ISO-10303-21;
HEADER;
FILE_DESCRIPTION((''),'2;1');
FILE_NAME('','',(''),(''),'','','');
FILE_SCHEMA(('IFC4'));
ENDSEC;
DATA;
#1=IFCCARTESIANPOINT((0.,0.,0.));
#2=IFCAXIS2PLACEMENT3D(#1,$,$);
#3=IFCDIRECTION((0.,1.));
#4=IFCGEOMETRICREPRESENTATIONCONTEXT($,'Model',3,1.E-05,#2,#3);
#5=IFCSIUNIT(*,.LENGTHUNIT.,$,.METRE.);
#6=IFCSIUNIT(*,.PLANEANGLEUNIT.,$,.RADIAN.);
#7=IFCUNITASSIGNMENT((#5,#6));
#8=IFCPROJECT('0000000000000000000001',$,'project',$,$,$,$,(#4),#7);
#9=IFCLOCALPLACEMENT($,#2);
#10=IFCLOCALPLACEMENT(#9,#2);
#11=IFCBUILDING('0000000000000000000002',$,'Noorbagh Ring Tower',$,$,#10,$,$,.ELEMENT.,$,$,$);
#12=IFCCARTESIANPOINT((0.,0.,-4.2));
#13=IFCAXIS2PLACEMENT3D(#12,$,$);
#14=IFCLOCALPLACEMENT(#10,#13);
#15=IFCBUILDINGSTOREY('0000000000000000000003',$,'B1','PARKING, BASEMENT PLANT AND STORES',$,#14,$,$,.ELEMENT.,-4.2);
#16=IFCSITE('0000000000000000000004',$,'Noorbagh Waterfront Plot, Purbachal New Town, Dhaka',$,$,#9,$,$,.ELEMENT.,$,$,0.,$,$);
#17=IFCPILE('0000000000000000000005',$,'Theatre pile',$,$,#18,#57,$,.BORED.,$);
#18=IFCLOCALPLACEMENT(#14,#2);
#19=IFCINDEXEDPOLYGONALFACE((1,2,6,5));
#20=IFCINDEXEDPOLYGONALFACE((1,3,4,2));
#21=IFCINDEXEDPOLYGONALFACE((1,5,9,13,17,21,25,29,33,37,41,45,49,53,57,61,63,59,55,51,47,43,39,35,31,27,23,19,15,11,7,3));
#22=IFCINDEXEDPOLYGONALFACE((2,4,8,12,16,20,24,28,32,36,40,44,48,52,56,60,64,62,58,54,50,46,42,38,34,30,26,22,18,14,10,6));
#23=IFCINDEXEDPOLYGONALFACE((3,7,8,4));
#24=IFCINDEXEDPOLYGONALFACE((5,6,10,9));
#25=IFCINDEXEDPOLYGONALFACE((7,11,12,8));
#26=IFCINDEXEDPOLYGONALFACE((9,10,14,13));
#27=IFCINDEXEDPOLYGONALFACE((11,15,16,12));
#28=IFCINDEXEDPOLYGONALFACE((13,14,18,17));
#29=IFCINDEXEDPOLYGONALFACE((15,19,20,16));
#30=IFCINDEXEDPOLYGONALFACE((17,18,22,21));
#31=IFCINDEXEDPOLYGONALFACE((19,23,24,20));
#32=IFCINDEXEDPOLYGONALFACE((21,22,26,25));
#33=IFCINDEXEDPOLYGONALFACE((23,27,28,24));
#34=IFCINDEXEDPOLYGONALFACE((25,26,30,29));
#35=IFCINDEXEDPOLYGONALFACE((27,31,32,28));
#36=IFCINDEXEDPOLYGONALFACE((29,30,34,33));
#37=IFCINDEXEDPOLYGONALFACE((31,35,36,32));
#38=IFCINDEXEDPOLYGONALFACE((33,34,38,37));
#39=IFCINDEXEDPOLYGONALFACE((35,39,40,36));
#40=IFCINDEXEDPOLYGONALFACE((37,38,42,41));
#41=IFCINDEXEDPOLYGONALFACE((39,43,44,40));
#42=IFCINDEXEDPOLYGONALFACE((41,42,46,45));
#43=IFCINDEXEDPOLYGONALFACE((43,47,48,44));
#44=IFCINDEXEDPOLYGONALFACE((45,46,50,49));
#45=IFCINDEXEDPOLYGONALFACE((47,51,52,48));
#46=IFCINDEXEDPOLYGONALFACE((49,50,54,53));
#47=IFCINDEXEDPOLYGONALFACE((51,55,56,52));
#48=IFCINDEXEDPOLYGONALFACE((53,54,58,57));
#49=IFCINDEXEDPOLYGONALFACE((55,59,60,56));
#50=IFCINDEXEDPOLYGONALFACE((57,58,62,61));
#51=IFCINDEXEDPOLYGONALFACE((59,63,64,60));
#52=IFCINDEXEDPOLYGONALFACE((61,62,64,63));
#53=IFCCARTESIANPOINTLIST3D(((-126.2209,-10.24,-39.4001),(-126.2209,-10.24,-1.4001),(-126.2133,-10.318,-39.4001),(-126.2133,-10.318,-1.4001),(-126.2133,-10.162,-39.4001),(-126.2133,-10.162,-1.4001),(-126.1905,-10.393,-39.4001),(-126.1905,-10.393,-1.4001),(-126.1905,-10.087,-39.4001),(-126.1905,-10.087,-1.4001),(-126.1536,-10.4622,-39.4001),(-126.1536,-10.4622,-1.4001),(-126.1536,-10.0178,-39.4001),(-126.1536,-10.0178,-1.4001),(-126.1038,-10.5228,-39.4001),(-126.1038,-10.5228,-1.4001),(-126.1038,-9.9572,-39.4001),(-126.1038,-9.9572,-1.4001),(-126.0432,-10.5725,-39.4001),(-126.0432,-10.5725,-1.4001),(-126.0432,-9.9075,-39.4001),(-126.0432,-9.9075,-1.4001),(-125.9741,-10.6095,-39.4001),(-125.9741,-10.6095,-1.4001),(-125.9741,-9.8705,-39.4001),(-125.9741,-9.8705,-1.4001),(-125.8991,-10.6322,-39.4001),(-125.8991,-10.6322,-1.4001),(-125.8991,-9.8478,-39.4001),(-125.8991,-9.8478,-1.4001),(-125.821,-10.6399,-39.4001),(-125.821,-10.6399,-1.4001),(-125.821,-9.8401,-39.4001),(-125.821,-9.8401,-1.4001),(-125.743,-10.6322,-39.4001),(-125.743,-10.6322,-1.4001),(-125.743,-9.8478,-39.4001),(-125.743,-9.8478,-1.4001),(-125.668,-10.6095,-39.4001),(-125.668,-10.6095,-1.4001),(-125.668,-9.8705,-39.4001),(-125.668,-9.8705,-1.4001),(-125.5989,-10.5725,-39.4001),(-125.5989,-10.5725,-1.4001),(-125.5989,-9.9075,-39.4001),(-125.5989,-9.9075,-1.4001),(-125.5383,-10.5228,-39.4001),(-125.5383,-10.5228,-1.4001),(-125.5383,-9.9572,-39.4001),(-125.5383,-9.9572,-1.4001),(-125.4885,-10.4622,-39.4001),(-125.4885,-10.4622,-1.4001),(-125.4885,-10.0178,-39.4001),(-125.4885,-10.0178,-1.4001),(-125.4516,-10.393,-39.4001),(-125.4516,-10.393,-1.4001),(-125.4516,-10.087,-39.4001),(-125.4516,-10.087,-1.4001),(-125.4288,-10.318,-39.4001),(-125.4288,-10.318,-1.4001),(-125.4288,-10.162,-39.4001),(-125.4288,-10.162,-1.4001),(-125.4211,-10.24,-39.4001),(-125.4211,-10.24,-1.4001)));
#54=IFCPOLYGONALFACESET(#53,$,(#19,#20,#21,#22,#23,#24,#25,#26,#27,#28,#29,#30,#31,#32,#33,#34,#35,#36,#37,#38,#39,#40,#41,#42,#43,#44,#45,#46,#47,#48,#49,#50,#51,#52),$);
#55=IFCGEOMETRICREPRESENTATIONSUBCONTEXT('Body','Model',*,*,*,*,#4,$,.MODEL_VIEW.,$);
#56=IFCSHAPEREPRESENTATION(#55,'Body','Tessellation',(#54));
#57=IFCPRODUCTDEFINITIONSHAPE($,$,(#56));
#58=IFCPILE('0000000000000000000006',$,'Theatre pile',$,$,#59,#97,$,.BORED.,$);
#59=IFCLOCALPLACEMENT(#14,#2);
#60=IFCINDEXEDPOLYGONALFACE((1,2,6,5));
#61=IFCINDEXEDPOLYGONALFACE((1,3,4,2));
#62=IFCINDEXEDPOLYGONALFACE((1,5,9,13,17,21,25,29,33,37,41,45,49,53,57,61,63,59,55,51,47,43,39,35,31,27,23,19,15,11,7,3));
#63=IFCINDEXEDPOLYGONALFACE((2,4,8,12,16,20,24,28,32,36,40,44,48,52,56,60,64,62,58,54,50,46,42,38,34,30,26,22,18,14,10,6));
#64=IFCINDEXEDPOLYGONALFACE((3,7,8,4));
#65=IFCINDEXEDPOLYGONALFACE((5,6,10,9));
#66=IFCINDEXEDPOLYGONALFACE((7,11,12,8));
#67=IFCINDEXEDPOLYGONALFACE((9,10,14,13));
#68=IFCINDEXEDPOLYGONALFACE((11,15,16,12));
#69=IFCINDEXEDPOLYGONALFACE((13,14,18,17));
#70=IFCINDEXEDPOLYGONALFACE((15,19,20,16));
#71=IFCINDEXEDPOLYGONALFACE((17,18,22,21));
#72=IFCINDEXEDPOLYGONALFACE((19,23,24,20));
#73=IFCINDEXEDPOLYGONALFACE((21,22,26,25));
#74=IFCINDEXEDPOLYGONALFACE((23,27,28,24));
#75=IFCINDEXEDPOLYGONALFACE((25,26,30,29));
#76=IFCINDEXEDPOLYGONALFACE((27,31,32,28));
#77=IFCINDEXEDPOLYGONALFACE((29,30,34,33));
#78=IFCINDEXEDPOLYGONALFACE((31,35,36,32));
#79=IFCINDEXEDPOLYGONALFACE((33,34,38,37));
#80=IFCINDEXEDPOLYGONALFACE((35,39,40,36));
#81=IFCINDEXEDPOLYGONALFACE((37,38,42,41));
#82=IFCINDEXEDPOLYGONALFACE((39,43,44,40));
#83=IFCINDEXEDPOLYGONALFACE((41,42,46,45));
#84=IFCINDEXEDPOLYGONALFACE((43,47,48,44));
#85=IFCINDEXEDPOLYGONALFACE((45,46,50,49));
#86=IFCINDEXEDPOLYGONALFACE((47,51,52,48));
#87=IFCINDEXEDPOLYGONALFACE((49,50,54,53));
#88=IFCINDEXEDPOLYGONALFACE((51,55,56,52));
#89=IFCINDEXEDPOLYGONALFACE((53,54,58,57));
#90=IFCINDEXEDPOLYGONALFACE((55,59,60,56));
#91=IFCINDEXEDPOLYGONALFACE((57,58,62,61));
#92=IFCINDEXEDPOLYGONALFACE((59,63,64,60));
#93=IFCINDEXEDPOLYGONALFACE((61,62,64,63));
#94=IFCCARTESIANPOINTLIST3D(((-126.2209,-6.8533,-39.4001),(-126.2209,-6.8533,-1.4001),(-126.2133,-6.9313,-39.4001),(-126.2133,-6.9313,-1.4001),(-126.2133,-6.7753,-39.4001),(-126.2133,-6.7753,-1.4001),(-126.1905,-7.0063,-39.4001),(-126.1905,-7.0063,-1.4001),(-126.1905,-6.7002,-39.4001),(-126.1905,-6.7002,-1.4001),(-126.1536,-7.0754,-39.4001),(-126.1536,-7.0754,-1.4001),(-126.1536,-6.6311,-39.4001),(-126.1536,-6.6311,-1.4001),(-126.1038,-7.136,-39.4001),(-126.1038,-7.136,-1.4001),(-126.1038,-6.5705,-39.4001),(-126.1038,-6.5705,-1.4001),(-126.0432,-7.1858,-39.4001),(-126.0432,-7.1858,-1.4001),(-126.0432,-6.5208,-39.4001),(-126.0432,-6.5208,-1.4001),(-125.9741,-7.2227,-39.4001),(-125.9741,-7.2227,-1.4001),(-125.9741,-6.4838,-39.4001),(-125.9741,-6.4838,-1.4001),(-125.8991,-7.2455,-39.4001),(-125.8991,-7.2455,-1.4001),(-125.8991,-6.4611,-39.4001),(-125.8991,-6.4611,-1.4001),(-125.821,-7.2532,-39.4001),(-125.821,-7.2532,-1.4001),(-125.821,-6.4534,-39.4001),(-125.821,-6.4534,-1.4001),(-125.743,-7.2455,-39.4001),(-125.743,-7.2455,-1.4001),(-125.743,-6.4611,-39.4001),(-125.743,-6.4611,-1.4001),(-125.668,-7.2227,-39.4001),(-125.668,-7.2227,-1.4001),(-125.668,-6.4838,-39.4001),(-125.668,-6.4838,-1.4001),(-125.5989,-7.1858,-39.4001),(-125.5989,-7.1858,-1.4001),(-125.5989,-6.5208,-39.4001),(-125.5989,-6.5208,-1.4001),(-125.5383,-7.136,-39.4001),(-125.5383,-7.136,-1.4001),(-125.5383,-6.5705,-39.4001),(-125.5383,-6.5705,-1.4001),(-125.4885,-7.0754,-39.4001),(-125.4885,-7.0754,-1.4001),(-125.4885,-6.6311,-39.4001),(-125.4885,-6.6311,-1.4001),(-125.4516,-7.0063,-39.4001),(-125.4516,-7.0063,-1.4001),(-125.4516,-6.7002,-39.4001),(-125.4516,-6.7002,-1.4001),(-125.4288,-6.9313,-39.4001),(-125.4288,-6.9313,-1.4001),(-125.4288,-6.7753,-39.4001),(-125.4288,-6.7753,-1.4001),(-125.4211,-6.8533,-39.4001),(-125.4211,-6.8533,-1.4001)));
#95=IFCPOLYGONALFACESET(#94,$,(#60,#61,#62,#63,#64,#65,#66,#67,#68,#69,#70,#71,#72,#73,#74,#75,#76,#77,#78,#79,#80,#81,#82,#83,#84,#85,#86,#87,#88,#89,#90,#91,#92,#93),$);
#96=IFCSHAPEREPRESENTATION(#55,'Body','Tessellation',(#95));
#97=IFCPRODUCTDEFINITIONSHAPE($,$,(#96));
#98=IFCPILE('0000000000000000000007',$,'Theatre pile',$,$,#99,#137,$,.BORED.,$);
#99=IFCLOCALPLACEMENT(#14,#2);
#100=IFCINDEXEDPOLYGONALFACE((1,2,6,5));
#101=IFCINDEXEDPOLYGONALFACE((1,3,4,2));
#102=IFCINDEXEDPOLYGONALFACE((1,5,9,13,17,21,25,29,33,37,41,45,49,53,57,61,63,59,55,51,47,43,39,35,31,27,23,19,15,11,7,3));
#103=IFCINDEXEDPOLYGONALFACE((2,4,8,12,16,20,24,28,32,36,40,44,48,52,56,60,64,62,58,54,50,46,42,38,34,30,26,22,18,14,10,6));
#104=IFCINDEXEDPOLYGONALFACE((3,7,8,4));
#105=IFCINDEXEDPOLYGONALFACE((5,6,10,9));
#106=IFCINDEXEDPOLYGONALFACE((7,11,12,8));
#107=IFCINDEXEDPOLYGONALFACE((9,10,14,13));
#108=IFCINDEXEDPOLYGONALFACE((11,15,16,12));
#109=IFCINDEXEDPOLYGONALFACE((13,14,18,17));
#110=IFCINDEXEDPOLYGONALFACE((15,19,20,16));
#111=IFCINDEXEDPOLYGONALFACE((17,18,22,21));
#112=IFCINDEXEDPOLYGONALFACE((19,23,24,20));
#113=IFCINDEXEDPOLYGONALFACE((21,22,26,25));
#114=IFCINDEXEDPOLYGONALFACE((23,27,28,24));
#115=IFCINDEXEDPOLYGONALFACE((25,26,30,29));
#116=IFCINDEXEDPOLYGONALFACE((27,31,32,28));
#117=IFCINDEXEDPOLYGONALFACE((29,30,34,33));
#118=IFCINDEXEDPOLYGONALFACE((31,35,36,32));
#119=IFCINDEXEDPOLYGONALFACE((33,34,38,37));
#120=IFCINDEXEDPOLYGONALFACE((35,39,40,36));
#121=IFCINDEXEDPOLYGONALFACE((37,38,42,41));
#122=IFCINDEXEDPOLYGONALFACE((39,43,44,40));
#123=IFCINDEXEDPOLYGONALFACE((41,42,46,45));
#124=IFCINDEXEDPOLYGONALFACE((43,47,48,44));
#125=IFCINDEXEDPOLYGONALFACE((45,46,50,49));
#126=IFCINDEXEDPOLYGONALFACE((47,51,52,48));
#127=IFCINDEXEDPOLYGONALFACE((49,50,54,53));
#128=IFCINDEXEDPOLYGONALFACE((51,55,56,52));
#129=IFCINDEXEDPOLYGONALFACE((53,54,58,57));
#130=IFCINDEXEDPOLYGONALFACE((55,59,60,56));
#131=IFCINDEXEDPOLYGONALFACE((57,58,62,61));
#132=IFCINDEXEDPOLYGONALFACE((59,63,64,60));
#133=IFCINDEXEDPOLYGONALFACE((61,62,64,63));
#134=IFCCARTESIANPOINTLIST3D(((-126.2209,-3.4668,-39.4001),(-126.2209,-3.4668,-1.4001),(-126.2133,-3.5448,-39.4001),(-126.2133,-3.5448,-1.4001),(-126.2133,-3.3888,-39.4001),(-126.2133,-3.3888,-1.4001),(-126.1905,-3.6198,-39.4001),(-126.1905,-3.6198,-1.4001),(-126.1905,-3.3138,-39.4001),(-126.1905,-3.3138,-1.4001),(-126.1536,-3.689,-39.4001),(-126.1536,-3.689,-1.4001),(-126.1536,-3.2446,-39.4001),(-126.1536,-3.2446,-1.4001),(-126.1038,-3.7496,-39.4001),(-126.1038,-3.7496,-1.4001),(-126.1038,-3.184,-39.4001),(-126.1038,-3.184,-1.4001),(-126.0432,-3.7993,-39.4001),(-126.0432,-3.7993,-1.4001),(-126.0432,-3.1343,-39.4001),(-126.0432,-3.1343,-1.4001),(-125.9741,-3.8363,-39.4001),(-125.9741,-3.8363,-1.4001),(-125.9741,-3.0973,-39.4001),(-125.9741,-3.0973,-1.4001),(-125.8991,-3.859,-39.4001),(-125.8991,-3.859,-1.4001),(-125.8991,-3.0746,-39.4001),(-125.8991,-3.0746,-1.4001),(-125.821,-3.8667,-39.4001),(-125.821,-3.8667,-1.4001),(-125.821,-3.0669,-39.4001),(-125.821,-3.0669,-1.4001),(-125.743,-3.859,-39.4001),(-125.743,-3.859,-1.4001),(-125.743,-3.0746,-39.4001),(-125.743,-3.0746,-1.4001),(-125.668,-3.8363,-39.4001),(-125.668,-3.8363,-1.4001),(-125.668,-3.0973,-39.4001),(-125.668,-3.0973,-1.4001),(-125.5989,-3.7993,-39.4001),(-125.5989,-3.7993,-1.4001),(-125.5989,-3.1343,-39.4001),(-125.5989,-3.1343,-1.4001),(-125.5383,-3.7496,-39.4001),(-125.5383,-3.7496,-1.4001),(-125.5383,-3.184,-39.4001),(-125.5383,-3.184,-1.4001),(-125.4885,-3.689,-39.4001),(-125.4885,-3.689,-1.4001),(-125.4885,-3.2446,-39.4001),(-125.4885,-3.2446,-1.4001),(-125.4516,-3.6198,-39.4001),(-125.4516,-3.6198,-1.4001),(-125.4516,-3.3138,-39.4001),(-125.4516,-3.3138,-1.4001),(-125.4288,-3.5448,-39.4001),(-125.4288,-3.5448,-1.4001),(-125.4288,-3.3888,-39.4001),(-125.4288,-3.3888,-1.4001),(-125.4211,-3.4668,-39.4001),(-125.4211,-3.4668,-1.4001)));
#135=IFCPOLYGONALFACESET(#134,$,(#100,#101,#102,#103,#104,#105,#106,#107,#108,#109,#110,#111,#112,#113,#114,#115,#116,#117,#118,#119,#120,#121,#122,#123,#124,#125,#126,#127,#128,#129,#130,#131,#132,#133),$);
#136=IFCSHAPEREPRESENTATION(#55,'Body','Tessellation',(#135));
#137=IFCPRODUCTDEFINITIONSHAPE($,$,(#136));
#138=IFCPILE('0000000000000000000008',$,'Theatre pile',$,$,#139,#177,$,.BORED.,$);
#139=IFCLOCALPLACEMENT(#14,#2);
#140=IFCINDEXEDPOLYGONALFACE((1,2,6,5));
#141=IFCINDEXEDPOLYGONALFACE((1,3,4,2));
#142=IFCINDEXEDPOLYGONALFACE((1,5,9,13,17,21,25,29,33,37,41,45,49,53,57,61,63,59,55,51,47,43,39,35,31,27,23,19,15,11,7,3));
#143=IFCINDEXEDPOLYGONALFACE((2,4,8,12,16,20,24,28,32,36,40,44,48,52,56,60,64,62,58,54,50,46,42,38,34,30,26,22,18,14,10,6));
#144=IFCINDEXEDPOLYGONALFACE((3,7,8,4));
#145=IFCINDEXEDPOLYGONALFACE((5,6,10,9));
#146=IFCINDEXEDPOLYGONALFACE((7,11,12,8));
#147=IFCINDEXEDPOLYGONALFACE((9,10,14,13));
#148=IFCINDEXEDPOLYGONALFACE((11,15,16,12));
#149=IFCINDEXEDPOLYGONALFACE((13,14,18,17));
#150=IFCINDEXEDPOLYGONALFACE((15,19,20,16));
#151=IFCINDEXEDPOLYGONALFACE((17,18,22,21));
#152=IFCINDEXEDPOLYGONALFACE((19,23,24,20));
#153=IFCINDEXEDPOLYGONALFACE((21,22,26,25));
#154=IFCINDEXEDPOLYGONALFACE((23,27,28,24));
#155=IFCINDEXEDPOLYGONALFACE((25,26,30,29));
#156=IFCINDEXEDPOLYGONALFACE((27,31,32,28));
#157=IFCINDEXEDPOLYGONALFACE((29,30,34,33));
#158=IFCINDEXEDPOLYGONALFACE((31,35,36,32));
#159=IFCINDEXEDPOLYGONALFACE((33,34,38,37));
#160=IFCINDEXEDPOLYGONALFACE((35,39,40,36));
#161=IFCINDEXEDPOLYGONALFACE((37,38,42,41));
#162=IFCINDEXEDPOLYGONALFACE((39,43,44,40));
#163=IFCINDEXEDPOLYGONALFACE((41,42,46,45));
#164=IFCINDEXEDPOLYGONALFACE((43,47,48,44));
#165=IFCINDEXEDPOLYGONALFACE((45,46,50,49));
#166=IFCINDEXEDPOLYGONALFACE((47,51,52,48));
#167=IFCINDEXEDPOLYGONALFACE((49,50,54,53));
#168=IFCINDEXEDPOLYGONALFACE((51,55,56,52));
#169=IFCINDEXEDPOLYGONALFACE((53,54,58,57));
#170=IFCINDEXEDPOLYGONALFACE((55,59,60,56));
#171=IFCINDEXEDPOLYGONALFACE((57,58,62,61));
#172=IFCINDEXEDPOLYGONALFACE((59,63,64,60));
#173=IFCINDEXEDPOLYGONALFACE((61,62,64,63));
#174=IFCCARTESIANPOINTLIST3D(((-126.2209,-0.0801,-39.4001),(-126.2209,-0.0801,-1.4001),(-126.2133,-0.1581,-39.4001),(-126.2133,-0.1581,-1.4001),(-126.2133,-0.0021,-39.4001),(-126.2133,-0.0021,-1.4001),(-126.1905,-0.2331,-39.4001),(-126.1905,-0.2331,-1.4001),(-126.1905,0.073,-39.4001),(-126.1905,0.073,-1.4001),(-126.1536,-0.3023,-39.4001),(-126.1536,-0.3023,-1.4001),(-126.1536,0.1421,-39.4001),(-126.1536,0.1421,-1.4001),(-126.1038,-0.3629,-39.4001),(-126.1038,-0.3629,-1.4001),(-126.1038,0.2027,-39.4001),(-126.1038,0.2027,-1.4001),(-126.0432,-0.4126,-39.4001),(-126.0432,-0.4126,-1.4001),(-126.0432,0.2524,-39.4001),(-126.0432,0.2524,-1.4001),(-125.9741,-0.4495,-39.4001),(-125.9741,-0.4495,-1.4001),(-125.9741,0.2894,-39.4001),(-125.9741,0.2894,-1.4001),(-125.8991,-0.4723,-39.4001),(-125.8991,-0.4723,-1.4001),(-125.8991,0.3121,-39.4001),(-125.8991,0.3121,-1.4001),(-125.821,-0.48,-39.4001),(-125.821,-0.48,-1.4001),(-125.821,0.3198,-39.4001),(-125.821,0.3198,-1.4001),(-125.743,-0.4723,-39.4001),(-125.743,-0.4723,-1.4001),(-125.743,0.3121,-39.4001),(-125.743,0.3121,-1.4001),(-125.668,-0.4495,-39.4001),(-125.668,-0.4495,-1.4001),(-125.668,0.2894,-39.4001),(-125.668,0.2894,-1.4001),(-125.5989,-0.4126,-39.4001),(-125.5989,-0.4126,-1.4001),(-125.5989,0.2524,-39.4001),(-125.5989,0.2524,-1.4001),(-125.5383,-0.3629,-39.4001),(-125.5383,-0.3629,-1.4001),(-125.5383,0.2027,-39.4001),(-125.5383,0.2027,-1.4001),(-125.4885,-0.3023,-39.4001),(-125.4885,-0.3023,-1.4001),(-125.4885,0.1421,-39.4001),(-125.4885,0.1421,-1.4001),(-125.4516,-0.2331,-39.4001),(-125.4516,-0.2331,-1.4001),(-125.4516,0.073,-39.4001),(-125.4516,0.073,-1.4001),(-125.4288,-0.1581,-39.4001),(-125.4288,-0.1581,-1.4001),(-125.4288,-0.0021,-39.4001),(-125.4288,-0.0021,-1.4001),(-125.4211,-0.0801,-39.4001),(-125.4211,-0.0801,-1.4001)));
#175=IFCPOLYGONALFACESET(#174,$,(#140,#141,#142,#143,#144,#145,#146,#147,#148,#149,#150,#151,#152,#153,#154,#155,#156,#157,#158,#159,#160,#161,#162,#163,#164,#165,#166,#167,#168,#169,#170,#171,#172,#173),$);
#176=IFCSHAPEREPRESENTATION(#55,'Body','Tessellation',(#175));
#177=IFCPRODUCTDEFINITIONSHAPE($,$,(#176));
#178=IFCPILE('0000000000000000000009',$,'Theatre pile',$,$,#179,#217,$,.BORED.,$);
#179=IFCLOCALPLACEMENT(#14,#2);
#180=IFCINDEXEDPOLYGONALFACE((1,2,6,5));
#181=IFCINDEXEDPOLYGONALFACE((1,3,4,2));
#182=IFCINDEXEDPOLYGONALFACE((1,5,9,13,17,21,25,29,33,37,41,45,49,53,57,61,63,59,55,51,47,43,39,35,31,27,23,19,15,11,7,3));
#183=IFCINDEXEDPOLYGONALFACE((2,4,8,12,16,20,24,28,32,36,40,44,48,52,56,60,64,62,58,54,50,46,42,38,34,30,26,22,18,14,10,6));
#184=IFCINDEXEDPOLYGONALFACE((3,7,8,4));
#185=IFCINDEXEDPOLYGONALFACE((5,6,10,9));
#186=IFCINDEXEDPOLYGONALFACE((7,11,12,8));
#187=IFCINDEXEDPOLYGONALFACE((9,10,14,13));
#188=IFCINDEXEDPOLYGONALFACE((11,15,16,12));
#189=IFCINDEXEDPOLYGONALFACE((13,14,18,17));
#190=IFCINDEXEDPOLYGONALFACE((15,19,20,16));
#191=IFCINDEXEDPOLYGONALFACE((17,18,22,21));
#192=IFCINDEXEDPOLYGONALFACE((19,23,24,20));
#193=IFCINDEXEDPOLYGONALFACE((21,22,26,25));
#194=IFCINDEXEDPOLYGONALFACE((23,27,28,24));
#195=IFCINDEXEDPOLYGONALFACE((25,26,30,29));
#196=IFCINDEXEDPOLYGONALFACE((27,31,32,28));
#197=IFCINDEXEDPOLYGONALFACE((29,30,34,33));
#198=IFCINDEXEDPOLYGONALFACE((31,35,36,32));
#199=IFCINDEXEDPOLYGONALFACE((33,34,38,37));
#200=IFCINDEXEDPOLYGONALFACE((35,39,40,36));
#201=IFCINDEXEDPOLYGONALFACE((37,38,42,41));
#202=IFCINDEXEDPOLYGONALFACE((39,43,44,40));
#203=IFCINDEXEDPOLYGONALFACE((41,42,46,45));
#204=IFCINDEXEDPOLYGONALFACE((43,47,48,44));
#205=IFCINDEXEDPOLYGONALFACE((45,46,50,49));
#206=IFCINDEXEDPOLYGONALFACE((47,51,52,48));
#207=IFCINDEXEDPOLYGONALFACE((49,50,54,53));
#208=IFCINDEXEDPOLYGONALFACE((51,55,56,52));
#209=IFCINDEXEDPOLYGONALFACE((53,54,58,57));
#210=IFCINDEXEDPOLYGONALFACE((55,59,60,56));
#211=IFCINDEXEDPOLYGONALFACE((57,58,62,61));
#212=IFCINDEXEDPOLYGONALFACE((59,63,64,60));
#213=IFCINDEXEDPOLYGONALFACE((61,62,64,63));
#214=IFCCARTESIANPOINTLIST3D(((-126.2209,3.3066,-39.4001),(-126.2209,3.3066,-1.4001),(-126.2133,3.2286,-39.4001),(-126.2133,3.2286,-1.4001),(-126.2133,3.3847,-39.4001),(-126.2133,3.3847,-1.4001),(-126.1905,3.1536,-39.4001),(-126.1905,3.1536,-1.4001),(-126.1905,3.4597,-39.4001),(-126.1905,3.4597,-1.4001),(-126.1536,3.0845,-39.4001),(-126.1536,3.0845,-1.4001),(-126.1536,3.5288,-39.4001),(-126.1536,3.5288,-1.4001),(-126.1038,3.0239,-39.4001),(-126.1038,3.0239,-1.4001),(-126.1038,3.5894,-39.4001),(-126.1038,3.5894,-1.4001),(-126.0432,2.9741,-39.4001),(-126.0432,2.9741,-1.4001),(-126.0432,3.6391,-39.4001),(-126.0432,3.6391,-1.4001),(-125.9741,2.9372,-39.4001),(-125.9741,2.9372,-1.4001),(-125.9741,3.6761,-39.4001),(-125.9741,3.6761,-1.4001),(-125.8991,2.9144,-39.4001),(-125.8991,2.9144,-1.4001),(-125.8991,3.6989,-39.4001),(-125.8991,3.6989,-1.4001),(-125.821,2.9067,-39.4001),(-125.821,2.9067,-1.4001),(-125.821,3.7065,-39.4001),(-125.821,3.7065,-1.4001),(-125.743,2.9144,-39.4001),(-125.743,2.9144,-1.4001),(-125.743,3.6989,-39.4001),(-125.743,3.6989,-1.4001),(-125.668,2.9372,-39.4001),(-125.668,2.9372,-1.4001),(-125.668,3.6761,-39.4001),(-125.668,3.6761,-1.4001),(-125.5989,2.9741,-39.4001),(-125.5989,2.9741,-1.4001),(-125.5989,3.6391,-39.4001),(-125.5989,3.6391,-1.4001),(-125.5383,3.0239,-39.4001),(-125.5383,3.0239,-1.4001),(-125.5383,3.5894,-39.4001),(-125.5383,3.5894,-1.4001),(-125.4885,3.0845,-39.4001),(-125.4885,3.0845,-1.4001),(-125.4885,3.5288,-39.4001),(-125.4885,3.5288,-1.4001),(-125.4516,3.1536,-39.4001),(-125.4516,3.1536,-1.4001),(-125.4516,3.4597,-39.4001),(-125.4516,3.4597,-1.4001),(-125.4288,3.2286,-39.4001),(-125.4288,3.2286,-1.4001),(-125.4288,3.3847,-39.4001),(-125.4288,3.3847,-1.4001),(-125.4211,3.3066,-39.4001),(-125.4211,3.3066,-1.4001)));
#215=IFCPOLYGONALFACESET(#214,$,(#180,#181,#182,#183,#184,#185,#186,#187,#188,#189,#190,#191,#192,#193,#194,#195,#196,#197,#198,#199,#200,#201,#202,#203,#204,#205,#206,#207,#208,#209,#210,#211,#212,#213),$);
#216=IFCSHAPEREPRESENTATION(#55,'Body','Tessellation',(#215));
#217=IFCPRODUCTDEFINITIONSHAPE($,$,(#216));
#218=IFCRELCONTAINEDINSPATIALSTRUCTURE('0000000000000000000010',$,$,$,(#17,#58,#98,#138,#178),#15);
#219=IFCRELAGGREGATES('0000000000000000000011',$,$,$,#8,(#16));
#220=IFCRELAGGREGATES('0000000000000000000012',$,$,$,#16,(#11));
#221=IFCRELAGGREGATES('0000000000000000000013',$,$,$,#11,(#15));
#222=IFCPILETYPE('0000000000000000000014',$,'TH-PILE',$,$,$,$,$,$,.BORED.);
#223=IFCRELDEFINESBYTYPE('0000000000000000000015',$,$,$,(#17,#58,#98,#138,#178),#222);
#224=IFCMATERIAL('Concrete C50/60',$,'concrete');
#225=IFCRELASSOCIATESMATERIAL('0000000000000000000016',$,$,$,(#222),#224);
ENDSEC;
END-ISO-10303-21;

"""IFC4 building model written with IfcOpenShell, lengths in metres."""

from ifc_helpers import new_model, si_unit, direction, frame, origin, origin_2d, place, context, subcontext, project, spatial, circle, extrude, material, material_profile, profile_set, type_object, element, save


model = new_model("IFC4")

# Units and contexts
model_context = context("Model", 3, precision=1e-05, world=origin(), true_north=direction((0.0, 1.0)))
body_context = subcontext(model_context, "Body", "Model", "MODEL_VIEW")
ifc_project = project(units=[si_unit("LENGTHUNIT", "METRE"), si_unit("PLANEANGLEUNIT", "RADIAN")], contexts=[model_context])

# Site, building, storey
site_placement = place(None, origin())
site = spatial("IfcSite", under=ifc_project, at=site_placement, Name="Noorbagh Waterfront Plot, Purbachal New Town, Dhaka", CompositionType="ELEMENT", RefElevation=0.0)
building_placement = place(site_placement, origin())
building = spatial("IfcBuilding", under=site, at=building_placement, Name="Noorbagh Ring Tower", CompositionType="ELEMENT")
storey_placement = place(building_placement, frame((0.0, 0.0, -4.2)))
storey = spatial("IfcBuildingStorey", under=building, at=storey_placement, Name="B1", Description="PARKING, BASEMENT PLANT AND STORES", CompositionType="ELEMENT", Elevation=-4.2)

# Piles
ifc_material_1 = material(Name="Concrete C50/60", Category="concrete")
ifc_material_profile = material_profile(ifc_material_1, circle(Radius=0.3999, at=origin_2d()), Name="PILE800")
ifc_profile_set = profile_set([ifc_material_profile], Name="Concrete C50/60")
pile_type = type_object("IfcPileType", Name="TH-PILE", PredefinedType="BORED", material=ifc_profile_set)
for number, where, z_axis, x_axis, name in (
    (1, (-125.821, -10.24, -1.4001), (0.0, 0.0, -1.0), (1.0, 0.0, 0.0), "Theatre pile"),
    (2, (-125.821, -6.8533, -1.4001), (0.0, 0.0, -1.0), (1.0, 0.0, 0.0), "Theatre pile"),
    (3, (-125.821, -3.4668, -1.4001), (0.0, 0.0, -1.0), (1.0, 0.0, 0.0), "Theatre pile"),
    (4, (-125.821, -0.0801, -1.4001), (0.0, 0.0, -1.0), (1.0, 0.0, 0.0), "Theatre pile"),
    (5, (-125.821, 3.3066, -1.4001), (0.0, 0.0, -1.0), (1.0, 0.0, 0.0), "Theatre pile"),
):
    element("IfcPile", number, at=place(storey_placement, frame(where, z_axis=z_axis, x_axis=x_axis)), inside=storey, type_object=pile_type, Name=name, PredefinedType="BORED", context=body_context, shape_type="SweptSolid", body=[
        extrude(circle(Radius=0.3999, at=origin_2d()), origin(), (0.0, 0.0, 1.0), 38.0),
    ])

save(model, "model.ifc")
